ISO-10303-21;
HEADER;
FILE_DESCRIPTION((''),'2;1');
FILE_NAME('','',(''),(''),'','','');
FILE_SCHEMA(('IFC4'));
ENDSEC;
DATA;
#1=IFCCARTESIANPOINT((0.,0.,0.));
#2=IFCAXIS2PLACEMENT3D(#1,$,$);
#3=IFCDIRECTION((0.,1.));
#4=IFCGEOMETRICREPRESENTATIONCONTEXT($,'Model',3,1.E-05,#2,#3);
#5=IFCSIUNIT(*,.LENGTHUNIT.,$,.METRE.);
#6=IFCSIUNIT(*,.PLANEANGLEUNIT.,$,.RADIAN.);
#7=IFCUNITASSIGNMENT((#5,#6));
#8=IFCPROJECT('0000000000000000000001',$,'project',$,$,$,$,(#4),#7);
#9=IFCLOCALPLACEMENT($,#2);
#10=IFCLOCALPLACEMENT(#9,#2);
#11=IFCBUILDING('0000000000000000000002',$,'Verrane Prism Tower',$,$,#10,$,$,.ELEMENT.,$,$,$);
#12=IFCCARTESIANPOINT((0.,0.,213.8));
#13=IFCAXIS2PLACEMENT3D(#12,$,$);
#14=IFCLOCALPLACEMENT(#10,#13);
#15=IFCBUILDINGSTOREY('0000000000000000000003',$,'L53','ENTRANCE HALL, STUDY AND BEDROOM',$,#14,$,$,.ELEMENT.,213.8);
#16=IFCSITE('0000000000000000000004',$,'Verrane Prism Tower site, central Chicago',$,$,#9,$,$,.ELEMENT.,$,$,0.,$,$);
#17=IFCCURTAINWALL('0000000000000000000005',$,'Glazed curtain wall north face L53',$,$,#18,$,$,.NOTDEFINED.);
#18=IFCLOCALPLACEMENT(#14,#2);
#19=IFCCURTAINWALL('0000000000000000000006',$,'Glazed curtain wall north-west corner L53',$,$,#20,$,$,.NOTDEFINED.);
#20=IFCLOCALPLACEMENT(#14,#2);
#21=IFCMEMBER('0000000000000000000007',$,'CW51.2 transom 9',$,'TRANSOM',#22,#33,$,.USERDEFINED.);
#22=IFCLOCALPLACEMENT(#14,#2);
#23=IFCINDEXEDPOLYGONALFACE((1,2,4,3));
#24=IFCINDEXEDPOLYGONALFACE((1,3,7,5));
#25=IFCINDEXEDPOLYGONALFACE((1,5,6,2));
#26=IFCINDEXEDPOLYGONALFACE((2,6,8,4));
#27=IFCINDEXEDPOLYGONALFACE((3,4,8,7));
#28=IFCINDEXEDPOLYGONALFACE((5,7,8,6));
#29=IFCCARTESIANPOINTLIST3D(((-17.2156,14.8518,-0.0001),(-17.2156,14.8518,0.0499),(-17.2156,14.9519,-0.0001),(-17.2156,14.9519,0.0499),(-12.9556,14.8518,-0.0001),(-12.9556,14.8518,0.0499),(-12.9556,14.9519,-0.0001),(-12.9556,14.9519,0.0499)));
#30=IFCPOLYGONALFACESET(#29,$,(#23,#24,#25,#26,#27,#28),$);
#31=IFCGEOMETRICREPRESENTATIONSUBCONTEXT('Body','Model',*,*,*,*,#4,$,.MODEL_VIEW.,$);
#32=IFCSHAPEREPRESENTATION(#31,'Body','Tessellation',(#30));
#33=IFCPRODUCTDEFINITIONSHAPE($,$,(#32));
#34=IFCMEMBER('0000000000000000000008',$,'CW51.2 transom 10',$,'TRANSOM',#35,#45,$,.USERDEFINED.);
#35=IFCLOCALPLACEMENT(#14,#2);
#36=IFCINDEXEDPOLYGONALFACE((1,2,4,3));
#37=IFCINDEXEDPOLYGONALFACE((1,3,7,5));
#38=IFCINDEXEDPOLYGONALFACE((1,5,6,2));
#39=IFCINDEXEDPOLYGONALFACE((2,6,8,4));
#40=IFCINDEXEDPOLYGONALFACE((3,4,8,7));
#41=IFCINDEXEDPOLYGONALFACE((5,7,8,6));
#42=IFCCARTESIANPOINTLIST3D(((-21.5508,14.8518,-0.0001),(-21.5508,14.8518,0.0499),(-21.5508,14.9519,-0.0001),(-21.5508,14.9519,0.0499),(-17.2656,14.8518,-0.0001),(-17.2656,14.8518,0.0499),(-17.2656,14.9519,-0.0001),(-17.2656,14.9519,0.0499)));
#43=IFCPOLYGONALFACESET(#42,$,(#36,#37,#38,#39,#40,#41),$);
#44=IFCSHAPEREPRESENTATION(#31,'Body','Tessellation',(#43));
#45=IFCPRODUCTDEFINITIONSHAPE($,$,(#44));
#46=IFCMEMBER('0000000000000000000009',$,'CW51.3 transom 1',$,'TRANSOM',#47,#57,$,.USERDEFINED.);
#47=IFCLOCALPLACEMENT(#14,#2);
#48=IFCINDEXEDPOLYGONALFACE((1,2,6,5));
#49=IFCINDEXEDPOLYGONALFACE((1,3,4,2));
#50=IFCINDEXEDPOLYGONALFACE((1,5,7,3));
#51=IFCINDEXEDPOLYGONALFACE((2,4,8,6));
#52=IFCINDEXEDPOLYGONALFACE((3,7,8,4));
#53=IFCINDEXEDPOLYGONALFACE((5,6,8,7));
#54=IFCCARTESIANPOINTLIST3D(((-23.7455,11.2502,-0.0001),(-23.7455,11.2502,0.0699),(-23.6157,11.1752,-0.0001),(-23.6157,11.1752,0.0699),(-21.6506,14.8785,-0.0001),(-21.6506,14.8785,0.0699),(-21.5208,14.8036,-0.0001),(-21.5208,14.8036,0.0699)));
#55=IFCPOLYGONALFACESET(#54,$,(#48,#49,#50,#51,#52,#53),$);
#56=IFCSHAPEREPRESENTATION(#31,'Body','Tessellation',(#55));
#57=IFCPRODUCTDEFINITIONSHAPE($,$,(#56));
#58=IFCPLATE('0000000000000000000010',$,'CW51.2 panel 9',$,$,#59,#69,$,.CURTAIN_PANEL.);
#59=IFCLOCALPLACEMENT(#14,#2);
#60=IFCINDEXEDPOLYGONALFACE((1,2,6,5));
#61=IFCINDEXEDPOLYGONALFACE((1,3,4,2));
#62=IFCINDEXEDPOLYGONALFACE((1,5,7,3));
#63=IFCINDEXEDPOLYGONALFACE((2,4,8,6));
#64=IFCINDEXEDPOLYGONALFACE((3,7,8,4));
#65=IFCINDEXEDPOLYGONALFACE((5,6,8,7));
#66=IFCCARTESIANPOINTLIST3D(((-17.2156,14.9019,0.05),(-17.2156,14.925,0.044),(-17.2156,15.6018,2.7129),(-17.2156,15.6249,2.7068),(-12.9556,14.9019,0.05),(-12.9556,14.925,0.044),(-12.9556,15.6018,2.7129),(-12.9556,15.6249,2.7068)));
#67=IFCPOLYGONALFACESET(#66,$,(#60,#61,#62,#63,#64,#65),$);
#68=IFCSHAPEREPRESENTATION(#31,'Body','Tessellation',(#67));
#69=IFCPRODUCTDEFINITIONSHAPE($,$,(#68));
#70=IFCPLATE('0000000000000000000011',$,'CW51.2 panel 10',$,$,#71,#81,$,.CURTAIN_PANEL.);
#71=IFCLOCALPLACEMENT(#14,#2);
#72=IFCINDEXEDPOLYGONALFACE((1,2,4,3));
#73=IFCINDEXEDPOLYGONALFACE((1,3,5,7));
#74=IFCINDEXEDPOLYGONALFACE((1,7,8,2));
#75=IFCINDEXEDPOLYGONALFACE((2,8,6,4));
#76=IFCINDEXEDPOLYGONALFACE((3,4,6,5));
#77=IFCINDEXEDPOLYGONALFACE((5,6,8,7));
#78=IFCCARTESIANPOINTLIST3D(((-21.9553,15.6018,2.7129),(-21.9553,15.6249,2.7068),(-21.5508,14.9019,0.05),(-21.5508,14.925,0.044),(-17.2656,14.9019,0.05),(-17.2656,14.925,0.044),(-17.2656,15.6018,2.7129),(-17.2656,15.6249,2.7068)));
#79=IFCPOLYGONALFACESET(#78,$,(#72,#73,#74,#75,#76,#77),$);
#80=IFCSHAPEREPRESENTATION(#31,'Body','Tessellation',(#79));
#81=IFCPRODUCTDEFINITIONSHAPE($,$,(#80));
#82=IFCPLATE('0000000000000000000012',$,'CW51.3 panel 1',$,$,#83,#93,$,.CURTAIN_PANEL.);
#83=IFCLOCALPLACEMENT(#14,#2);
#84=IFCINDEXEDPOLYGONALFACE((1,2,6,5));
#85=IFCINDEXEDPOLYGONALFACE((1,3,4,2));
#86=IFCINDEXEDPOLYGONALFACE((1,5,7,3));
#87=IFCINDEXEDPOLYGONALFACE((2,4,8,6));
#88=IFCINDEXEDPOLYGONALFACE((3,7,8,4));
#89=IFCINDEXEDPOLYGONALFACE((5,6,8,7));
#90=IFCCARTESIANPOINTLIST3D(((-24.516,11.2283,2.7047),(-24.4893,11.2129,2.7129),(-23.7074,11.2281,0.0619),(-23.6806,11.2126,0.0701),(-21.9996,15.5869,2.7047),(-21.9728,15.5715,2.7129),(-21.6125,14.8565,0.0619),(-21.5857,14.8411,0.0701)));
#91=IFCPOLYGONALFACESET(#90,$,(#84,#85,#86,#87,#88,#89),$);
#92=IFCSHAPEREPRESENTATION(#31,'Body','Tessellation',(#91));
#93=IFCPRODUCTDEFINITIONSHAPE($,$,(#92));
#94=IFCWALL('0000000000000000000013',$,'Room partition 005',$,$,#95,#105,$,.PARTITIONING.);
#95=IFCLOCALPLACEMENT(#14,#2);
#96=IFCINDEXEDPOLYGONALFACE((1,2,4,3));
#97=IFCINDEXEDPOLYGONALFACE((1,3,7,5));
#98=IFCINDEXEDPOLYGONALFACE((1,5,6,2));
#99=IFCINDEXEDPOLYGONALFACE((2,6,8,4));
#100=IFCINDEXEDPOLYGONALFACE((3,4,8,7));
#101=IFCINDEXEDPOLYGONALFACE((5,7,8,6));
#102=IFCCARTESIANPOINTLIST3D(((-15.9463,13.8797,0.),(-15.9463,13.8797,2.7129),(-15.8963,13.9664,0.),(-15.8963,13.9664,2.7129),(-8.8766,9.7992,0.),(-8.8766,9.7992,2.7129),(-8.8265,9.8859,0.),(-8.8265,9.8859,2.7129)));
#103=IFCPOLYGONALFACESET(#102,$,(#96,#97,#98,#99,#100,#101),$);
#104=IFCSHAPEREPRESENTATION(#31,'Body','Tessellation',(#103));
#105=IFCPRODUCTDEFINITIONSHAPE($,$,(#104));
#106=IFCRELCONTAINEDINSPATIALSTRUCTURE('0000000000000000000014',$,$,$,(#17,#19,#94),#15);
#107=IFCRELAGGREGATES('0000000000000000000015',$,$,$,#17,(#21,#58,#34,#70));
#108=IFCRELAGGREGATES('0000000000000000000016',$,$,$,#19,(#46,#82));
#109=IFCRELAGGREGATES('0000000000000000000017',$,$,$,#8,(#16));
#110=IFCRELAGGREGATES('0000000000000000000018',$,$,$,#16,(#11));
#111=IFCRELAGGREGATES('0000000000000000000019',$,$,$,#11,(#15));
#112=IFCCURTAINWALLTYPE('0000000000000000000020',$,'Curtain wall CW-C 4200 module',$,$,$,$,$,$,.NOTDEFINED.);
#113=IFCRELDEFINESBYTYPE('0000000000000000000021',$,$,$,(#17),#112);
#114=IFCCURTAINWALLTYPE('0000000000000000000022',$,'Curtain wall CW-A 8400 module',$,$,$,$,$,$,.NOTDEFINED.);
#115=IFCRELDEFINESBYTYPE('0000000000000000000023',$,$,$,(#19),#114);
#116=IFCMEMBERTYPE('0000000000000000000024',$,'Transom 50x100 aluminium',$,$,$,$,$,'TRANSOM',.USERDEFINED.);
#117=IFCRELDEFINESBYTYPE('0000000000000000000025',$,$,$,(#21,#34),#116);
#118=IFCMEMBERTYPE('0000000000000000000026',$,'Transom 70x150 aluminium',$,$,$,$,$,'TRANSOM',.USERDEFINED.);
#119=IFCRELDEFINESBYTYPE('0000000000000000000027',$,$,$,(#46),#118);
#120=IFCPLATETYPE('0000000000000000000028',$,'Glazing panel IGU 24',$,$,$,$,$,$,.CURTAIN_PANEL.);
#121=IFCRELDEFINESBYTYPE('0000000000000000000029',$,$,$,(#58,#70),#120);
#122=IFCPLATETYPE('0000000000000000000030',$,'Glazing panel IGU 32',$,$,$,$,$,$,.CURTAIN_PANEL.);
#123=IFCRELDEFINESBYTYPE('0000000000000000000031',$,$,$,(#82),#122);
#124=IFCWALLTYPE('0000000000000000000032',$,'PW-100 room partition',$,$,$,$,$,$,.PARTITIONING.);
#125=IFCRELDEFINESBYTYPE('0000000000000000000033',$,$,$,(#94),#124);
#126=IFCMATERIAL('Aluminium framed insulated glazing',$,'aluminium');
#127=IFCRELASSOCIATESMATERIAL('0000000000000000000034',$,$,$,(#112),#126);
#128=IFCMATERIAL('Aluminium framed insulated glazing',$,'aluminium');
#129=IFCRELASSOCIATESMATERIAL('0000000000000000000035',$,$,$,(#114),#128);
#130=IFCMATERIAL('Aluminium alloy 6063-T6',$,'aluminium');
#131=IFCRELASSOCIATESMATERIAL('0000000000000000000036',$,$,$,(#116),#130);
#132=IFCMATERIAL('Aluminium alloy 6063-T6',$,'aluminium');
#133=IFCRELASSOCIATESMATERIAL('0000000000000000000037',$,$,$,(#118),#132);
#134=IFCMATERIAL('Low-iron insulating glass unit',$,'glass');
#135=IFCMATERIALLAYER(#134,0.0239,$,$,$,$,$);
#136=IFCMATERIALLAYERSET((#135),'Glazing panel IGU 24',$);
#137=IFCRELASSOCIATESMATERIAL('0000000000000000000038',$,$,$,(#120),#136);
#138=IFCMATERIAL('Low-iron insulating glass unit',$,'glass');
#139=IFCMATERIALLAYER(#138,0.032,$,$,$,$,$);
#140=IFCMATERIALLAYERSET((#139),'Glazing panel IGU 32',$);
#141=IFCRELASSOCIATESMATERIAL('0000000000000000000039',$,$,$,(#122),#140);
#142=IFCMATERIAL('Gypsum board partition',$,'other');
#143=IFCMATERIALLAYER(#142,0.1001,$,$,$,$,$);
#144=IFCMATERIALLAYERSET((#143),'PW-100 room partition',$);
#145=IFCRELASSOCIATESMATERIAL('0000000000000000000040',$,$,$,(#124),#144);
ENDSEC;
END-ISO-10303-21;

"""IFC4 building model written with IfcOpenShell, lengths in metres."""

from ifc_helpers import new_model, si_unit, direction, frame, frame_2d, origin, origin_2d, place, context, subcontext, project, spatial, polyline, rectangle, outline, extrude, material, layer, layer_set, material_profile, profile_set, type_object, element, aggregate, save


model = new_model("IFC4")

# Units and contexts
model_context = context("Model", 3, precision=1e-05, world=origin(), true_north=direction((0.0, 1.0)))
body_context = subcontext(model_context, "Body", "Model", "MODEL_VIEW")
ifc_project = project(units=[si_unit("LENGTHUNIT", "METRE"), si_unit("PLANEANGLEUNIT", "RADIAN")], contexts=[model_context])

# Site, building, storey
site_placement = place(None, origin())
site = spatial("IfcSite", under=ifc_project, at=site_placement, Name="Verrane Prism Tower site, central Chicago", CompositionType="ELEMENT", RefElevation=0.0)
building_placement = place(site_placement, origin())
building = spatial("IfcBuilding", under=site, at=building_placement, Name="Verrane Prism Tower", CompositionType="ELEMENT")
storey_placement = place(building_placement, frame((0.0, 0.0, 213.8)))
storey = spatial("IfcBuildingStorey", under=building, at=storey_placement, Name="L53", Description="ENTRANCE HALL, STUDY AND BEDROOM", CompositionType="ELEMENT", Elevation=213.8)

# Curtain walls
ifc_material_1 = material(Name="Aluminium framed insulated glazing", Category="aluminium")
curtain_wall_type_1 = type_object("IfcCurtainWallType", Name="Curtain wall CW-C 4200 module", PredefinedType="NOTDEFINED", material=ifc_material_1)
curtain_wall_1_placement = place(storey_placement, origin())
curtain_wall_1 = element("IfcCurtainWall", 1, at=curtain_wall_1_placement, inside=storey, type_object=curtain_wall_type_1, Name="Glazed curtain wall north face L53", PredefinedType="NOTDEFINED")
ifc_material_2 = material(Name="Aluminium framed insulated glazing", Category="aluminium")
curtain_wall_type_2 = type_object("IfcCurtainWallType", Name="Curtain wall CW-A 8400 module", PredefinedType="NOTDEFINED", material=ifc_material_2)
curtain_wall_2_placement = place(storey_placement, origin())
curtain_wall_2 = element("IfcCurtainWall", 2, at=curtain_wall_2_placement, inside=storey, type_object=curtain_wall_type_2, Name="Glazed curtain wall north-west corner L53", PredefinedType="NOTDEFINED")

# Members
ifc_material_3 = material(Name="Aluminium alloy 6063-T6", Category="aluminium")
ifc_material_profile_1 = material_profile(ifc_material_3, rectangle(XDim=0.1001, YDim=0.05, at=origin_2d()), Name="Transom 50x100 aluminium")
ifc_profile_set_1 = profile_set([ifc_material_profile_1], Name="Aluminium alloy 6063-T6")
member_type_1 = type_object("IfcMemberType", Name="Transom 50x100 aluminium", ElementType="TRANSOM", PredefinedType="USERDEFINED", material=ifc_profile_set_1)
member_1_placement = place(storey_placement, frame((-12.9556, 14.9019, 0.0249), z_axis=(-1.0, 0.0, 0.0), x_axis=(0.0, -1.0, 0.0)))
member_1 = element("IfcMember", 3, at=member_1_placement, type_object=member_type_1, Name="CW51.2 transom 9", ObjectType="TRANSOM", PredefinedType="USERDEFINED", context=body_context, shape_type="SweptSolid", body=[
    extrude(rectangle(XDim=0.1001, YDim=0.05, at=origin_2d()), origin(), (0.0, 0.0, 1.0), 4.26),
])
member_2_placement = place(storey_placement, frame((-17.2656, 14.9019, 0.0249), z_axis=(-1.0, 0.0, 0.0), x_axis=(0.0, -1.0, 0.0)))
member_2 = element("IfcMember", 4, at=member_2_placement, type_object=member_type_1, Name="CW51.2 transom 10", ObjectType="TRANSOM", PredefinedType="USERDEFINED", context=body_context, shape_type="SweptSolid", body=[
    extrude(rectangle(XDim=0.1001, YDim=0.05, at=origin_2d()), origin(), (0.0, 0.0, 1.0), 4.2852),
])
ifc_material_4 = material(Name="Aluminium alloy 6063-T6", Category="aluminium")
ifc_material_profile_2 = material_profile(ifc_material_4, rectangle(XDim=0.1499, YDim=0.0701, at=origin_2d()), Name="Transom 70x150 aluminium")
ifc_profile_set_2 = profile_set([ifc_material_profile_2], Name="Aluminium alloy 6063-T6")
member_type_2 = type_object("IfcMemberType", Name="Transom 70x150 aluminium", ElementType="TRANSOM", PredefinedType="USERDEFINED", material=ifc_profile_set_2)
member_3_placement = place(storey_placement, frame((-21.5857, 14.8411, 0.0349), z_axis=(-0.500018, -0.866015, 0.0), x_axis=(0.866015, -0.500018, 0.0)))
member_3 = element("IfcMember", 5, at=member_3_placement, type_object=member_type_2, Name="CW51.3 transom 1", ObjectType="TRANSOM", PredefinedType="USERDEFINED", context=body_context, shape_type="SweptSolid", body=[
    extrude(rectangle(XDim=0.1499, YDim=0.0701, at=origin_2d()), origin(), (0.0, 0.0, 1.0), 4.1897),
])

# Plates
ifc_material_5 = material(Name="Low-iron insulating glass unit", Category="glass")
ifc_layer_1 = layer(ifc_material_5, 0.0239)
ifc_layer_set_1 = layer_set([ifc_layer_1], Name="Glazing panel IGU 24")
plate_type_1 = type_object("IfcPlateType", Name="Glazing panel IGU 24", PredefinedType="CURTAIN_PANEL", material=ifc_layer_set_1)
plate_1_placement = place(storey_placement, frame((-12.9556, 14.9019, 0.05), z_axis=(0.0, -0.967146, 0.254223), x_axis=(-1.0, 0.0, 0.0)))
plate_1 = element("IfcPlate", 6, at=plate_1_placement, type_object=plate_type_1, Name="CW51.2 panel 9", PredefinedType="CURTAIN_PANEL", context=body_context, shape_type="SweptSolid", body=[
    extrude(outline(polyline([(0.0, 0.0), (4.26, 0.0), (4.26, -2.7533), (0.0, -2.7533), (0.0, 0.0)])), origin(), (0.0, 0.0, -1.0), 0.0239),
])
plate_2_placement = place(storey_placement, frame((-17.2656, 14.9019, 0.05), z_axis=(0.0, -0.967146, 0.254223), x_axis=(-1.0, 0.0, 0.0)))
plate_2 = element("IfcPlate", 7, at=plate_2_placement, type_object=plate_type_1, Name="CW51.2 panel 10", PredefinedType="CURTAIN_PANEL", context=body_context, shape_type="SweptSolid", body=[
    extrude(outline(polyline([(0.0, 0.0), (4.2852, 0.0), (4.6897, -2.7533), (0.0, -2.7533), (0.0, 0.0)])), origin(), (0.0, 0.0, -1.0), 0.0239),
])
aggregate(curtain_wall_1, [member_1, plate_1, member_2, plate_2])
ifc_material_6 = material(Name="Low-iron insulating glass unit", Category="glass")
ifc_layer_2 = layer(ifc_material_6, 0.032)
ifc_layer_set_2 = layer_set([ifc_layer_2], Name="Glazing panel IGU 32")
plate_type_2 = type_object("IfcPlateType", Name="Glazing panel IGU 32", PredefinedType="CURTAIN_PANEL", material=ifc_layer_set_2)
plate_3_placement = place(storey_placement, frame((-21.5857, 14.8411, 0.0701), z_axis=(0.837121, -0.483311, 0.256202), x_axis=(-0.500001, -0.866025, 0.000005)))
plate_3 = element("IfcPlate", 8, at=plate_3_placement, type_object=plate_type_2, Name="CW51.3 panel 1", PredefinedType="CURTAIN_PANEL", context=body_context, shape_type="SweptSolid", body=[
    extrude(outline(polyline([(0.0, 0.0), (4.1898, 0.0), (4.5939, -2.7341), (-0.439, -2.7341), (0.0, 0.0)])), origin(), (0.0, 0.0, -1.0), 0.032),
])
aggregate(curtain_wall_2, [member_3, plate_3])

# Wall
ifc_material_7 = material(Name="Gypsum board partition", Category="other")
ifc_layer_3 = layer(ifc_material_7, 0.1001)
ifc_layer_set_3 = layer_set([ifc_layer_3], Name="PW-100 room partition")
wall_type = type_object("IfcWallType", Name="PW-100 room partition", PredefinedType="PARTITIONING", material=ifc_layer_set_3)
wall_placement = place(storey_placement, frame((-15.9214, 13.9231, 0.0), z_axis=(0.0, 0.0, 1.0), x_axis=(0.866089, -0.49989, 0.0)))
element("IfcWall", 9, at=wall_placement, inside=storey, type_object=wall_type, Name="Room partition 005", PredefinedType="PARTITIONING", context=body_context, shape_type="SweptSolid", body=[
    extrude(rectangle(XDim=8.1628, YDim=0.1001, at=frame_2d((4.0815, 0.0))), origin(), (0.0, 0.0, 1.0), 2.7129),
])

save(model, "model.ifc")
